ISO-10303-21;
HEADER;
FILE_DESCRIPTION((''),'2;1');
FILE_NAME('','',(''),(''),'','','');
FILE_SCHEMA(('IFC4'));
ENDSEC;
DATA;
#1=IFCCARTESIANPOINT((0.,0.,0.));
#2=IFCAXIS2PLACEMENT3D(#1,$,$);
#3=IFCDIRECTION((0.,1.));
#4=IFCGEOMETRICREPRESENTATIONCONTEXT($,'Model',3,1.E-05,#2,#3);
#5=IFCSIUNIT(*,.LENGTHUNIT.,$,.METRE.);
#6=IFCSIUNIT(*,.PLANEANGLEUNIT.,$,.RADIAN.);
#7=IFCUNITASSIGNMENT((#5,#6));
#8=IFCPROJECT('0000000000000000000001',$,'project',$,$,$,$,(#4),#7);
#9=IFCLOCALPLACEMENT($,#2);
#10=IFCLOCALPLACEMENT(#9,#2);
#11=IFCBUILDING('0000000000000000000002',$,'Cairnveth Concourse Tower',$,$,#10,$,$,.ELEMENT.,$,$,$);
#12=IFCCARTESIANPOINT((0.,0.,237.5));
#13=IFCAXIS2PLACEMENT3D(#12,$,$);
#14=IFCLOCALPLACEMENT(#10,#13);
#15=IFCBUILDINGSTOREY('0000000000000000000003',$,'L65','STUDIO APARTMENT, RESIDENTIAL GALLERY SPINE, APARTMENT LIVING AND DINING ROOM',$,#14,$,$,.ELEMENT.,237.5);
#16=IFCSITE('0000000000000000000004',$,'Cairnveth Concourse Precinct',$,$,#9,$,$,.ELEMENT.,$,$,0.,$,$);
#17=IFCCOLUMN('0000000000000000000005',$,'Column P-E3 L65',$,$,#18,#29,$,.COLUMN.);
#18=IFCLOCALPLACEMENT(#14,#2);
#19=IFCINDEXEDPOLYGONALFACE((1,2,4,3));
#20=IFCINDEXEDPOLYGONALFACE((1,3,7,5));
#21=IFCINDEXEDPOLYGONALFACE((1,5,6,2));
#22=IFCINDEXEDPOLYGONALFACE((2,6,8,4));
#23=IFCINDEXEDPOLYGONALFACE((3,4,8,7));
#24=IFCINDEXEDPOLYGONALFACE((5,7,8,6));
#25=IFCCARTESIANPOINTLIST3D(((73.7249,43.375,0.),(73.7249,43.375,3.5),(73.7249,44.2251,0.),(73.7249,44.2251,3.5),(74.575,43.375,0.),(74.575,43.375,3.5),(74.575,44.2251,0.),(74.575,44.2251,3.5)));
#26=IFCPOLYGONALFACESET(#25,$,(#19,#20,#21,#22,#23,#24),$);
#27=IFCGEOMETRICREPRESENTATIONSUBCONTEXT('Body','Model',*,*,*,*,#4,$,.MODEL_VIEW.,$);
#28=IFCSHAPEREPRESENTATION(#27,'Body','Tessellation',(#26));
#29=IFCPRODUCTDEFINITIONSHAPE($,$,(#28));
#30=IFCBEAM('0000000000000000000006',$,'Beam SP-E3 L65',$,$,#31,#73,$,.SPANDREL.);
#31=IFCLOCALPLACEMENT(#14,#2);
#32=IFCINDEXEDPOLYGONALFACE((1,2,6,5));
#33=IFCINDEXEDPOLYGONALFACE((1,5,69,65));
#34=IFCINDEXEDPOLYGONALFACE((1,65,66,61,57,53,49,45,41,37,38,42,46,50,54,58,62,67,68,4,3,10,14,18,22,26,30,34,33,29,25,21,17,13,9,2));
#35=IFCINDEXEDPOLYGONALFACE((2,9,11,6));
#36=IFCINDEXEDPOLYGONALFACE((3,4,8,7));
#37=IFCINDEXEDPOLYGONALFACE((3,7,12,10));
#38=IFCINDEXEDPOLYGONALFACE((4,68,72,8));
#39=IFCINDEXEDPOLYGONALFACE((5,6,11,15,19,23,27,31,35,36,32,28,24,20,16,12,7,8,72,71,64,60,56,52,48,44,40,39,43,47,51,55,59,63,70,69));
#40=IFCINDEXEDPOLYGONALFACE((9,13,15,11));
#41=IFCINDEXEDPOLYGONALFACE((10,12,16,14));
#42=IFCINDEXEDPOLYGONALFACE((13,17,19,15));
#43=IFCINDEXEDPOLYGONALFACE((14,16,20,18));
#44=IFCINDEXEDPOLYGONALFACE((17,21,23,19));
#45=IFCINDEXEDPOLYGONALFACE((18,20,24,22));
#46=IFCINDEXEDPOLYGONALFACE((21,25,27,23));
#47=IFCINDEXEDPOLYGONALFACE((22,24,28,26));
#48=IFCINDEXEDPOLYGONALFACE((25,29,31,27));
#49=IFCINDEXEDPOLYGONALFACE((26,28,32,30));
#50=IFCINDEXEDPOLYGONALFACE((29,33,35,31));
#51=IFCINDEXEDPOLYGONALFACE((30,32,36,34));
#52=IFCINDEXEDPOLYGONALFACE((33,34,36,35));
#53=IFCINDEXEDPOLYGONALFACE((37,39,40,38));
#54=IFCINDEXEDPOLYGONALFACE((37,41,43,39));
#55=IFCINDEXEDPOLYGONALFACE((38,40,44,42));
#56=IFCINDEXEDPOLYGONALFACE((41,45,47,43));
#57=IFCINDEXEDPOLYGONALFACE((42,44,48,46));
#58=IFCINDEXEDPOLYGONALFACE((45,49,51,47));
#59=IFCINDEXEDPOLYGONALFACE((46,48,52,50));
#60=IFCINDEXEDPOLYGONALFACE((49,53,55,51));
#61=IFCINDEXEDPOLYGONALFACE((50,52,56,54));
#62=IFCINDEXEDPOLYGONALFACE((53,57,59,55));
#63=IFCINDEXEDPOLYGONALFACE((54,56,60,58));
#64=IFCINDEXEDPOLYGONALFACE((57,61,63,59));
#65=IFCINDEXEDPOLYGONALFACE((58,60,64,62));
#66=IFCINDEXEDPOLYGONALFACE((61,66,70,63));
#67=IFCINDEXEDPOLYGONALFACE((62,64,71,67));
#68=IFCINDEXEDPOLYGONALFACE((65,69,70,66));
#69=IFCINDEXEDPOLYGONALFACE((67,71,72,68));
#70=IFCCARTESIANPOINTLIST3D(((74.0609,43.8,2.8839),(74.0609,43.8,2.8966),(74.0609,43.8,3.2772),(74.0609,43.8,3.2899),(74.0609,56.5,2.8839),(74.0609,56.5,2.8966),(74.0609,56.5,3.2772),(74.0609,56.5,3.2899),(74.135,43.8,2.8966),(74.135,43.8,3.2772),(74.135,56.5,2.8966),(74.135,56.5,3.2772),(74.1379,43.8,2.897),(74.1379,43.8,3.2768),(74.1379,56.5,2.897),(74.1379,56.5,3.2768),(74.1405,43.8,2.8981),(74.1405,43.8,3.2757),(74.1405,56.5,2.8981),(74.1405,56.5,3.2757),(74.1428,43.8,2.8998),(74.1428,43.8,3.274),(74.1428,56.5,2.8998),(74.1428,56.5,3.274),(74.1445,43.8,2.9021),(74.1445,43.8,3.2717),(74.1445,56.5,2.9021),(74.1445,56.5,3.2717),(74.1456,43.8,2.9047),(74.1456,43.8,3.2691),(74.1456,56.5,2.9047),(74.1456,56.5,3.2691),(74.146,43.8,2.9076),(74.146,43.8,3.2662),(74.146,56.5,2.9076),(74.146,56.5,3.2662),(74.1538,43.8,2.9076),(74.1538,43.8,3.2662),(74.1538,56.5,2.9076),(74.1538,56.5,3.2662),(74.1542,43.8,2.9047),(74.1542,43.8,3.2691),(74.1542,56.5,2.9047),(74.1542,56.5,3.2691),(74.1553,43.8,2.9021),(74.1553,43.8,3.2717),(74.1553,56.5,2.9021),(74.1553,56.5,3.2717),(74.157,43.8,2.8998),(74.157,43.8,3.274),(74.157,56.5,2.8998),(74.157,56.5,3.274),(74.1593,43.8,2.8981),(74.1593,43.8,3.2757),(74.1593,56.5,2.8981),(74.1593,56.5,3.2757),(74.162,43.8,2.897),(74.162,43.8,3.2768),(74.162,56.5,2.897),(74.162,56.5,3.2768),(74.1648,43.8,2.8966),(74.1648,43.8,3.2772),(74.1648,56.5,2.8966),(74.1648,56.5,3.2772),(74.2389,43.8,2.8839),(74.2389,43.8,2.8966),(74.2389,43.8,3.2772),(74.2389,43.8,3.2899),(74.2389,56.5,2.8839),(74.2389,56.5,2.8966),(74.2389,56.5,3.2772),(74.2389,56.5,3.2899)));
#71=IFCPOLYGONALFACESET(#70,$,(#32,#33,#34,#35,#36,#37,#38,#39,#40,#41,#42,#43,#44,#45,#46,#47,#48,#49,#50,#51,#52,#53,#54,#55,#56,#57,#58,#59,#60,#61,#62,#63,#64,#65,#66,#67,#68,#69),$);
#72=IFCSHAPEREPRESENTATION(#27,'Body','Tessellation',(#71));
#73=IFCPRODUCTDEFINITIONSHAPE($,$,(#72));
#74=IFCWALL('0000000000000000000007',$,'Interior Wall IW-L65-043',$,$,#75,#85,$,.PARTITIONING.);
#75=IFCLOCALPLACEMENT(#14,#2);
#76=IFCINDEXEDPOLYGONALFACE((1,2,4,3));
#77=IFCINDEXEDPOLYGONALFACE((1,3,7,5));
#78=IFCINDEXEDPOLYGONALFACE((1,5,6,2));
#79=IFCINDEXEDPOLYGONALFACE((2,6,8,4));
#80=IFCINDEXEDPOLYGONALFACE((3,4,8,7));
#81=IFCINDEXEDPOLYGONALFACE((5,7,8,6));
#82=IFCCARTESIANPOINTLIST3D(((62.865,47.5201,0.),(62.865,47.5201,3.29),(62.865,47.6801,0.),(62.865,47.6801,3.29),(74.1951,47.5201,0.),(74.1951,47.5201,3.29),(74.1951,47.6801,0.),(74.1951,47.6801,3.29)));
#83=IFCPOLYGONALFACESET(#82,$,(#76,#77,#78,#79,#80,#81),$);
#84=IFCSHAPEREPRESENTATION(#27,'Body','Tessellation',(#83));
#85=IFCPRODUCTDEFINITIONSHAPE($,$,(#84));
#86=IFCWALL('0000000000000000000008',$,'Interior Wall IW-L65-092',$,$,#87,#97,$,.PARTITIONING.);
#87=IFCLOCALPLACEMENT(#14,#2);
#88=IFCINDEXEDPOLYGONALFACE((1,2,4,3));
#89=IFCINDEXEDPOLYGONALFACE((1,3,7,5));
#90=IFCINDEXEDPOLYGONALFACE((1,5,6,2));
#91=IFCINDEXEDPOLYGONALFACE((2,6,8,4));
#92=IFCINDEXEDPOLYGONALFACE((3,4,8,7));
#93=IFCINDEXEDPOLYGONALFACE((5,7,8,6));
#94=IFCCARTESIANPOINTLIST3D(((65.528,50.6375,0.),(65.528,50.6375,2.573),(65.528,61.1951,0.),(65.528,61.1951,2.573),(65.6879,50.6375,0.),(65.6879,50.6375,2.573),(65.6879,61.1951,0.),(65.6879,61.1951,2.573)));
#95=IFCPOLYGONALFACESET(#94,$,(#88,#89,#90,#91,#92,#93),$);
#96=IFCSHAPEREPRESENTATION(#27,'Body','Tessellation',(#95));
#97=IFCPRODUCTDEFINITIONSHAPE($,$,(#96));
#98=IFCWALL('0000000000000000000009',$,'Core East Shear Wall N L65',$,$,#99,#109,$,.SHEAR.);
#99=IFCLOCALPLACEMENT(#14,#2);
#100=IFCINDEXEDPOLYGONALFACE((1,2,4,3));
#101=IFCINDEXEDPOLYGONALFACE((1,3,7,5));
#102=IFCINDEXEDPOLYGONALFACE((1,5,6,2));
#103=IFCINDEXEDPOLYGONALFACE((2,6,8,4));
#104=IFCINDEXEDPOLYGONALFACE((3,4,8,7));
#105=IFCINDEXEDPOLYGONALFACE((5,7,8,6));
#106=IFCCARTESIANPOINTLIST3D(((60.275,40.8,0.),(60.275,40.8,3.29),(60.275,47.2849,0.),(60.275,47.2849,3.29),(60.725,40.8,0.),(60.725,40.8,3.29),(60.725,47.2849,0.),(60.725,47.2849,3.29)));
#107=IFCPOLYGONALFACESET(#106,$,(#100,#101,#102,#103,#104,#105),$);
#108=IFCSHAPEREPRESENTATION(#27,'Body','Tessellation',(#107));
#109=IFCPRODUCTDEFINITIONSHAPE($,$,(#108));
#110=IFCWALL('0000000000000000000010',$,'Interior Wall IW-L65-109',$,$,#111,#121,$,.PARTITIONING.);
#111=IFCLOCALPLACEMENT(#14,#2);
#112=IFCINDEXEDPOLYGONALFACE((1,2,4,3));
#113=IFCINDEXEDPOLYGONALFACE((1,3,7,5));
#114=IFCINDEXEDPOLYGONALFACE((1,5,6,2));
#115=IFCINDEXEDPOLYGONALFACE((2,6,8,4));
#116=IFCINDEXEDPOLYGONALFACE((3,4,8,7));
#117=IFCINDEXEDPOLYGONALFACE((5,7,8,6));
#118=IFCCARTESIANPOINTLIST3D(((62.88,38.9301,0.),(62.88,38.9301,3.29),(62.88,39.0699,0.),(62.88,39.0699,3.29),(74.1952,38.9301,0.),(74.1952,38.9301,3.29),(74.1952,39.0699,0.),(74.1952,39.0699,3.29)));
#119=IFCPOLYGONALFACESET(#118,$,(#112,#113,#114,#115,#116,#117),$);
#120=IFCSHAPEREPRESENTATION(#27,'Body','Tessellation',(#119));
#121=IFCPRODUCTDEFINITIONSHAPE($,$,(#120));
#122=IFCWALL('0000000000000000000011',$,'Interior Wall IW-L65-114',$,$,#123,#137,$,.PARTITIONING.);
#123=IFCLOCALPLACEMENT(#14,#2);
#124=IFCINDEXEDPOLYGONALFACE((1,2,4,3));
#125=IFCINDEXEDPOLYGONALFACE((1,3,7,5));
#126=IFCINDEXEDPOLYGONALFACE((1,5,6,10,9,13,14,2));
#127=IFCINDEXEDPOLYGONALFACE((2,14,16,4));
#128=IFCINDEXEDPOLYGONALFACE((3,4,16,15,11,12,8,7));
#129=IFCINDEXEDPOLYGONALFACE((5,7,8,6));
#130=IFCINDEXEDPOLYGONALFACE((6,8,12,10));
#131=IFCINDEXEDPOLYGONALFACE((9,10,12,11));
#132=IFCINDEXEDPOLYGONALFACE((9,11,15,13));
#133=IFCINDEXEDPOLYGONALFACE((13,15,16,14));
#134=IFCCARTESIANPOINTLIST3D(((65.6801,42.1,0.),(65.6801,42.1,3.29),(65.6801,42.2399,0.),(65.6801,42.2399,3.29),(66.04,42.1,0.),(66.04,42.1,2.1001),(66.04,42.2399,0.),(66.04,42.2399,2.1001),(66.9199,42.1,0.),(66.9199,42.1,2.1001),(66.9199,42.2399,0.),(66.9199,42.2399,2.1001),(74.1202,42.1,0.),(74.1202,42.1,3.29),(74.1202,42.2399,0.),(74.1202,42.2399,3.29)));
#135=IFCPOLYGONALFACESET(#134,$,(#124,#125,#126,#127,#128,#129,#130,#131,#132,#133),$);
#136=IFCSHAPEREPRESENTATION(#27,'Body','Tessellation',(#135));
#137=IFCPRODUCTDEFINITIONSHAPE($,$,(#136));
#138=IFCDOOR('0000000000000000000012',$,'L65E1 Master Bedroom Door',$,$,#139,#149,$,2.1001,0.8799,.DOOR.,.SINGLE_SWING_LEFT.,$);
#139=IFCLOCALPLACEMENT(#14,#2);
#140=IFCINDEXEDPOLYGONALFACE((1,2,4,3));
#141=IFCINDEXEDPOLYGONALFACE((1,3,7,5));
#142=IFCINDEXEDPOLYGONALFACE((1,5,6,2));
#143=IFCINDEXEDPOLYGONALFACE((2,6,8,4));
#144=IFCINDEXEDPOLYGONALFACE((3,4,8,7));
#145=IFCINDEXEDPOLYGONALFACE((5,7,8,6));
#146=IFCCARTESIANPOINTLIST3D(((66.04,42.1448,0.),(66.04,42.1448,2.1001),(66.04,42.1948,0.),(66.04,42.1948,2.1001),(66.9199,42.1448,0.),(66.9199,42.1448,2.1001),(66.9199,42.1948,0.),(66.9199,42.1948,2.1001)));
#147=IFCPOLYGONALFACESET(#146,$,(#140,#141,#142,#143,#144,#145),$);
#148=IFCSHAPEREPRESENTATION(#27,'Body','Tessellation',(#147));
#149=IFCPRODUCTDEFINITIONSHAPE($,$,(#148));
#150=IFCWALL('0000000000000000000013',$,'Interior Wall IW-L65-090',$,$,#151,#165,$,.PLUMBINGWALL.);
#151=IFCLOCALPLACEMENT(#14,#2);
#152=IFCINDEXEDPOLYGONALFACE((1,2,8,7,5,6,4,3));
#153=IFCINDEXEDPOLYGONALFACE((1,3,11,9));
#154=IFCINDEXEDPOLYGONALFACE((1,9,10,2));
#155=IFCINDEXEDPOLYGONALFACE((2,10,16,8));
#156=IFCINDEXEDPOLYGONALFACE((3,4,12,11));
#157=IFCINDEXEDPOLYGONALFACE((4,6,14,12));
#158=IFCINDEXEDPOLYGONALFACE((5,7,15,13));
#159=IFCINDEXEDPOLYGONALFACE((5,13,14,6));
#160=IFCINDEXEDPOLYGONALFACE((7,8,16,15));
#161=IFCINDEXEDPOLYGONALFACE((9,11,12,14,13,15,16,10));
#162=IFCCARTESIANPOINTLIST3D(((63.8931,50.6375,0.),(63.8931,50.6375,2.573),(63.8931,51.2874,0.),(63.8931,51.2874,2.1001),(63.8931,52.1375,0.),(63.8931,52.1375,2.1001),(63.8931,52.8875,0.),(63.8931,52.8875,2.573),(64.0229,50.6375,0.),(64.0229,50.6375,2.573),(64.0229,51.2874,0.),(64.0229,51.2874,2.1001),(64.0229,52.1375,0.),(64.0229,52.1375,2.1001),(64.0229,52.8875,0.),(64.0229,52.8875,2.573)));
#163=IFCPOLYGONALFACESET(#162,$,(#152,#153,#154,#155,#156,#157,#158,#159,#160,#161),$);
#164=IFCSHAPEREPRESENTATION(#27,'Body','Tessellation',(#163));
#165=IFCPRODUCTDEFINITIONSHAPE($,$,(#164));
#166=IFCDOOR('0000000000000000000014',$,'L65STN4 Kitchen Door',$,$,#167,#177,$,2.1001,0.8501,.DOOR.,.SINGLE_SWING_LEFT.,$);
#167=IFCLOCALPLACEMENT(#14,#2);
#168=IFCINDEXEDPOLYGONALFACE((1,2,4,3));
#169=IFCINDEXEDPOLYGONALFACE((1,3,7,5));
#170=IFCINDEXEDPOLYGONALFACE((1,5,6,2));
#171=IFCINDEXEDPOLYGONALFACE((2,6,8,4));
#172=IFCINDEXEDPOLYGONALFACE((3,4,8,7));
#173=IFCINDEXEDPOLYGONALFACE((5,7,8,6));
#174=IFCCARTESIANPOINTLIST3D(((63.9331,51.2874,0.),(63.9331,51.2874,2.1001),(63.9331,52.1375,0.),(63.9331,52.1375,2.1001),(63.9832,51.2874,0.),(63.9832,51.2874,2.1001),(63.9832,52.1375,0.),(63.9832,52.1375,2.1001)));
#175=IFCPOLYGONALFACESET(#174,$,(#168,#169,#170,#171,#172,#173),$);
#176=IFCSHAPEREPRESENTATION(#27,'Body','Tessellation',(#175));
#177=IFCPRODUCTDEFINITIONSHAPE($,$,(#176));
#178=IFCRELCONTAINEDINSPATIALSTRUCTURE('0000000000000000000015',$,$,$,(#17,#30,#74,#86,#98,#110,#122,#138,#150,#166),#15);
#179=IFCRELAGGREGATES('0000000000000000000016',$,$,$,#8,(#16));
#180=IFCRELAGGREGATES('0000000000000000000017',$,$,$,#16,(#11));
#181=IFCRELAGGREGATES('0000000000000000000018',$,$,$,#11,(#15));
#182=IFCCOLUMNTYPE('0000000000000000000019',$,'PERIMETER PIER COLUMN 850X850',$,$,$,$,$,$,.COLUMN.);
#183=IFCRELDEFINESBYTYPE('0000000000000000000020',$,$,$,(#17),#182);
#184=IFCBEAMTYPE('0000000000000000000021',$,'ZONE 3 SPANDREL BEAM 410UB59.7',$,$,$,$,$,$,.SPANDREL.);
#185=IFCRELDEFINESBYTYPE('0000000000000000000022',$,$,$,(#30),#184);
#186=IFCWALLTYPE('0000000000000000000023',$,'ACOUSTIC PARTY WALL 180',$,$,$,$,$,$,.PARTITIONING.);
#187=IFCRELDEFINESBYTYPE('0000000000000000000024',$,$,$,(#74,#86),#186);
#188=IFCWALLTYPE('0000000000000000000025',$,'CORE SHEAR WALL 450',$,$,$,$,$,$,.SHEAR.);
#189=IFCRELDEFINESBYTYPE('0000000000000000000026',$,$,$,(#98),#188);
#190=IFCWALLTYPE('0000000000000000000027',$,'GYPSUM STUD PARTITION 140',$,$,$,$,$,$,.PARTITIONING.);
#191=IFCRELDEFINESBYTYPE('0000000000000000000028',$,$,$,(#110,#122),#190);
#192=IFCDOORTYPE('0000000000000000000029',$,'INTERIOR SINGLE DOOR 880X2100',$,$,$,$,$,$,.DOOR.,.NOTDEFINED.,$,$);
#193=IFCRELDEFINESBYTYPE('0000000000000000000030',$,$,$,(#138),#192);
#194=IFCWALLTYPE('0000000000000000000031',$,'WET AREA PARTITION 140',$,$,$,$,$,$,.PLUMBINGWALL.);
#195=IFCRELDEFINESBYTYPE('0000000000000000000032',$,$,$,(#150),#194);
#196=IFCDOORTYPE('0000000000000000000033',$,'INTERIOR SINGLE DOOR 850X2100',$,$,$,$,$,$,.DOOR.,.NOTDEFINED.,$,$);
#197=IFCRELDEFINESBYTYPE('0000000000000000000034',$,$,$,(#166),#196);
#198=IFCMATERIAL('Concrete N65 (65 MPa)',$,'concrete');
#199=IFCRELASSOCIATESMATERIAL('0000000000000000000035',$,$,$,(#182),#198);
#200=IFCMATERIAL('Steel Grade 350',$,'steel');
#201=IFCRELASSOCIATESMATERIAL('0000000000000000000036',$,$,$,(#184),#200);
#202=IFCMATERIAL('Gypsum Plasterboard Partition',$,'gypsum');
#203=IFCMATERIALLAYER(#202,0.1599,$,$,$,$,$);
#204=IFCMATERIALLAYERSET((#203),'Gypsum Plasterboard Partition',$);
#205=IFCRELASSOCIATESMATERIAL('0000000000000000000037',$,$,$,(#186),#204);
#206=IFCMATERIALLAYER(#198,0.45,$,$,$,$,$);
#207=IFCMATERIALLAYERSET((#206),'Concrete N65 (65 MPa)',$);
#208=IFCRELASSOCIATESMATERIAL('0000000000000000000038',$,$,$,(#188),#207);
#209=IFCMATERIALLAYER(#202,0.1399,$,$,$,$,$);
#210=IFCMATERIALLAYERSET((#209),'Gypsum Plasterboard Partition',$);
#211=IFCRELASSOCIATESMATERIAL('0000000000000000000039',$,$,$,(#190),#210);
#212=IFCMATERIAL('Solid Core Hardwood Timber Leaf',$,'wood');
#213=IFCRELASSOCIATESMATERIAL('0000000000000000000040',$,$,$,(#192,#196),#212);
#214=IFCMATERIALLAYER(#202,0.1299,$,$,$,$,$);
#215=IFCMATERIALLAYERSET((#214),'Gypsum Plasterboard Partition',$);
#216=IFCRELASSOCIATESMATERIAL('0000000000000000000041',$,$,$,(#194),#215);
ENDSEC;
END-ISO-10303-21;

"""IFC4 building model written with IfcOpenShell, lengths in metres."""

from ifc_helpers import new_model, si_unit, direction, frame, frame_2d, origin, origin_2d, place, context, subcontext, project, spatial, rectangle, i_section, extrude, material, layer, layer_set, material_profile, profile_set, type_object, element, fill, save


model = new_model("IFC4")

# Units and contexts
model_context = context("Model", 3, precision=1e-05, world=origin(), true_north=direction((0.0, 1.0)))
body_context = subcontext(model_context, "Body", "Model", "MODEL_VIEW")
ifc_project = project(units=[si_unit("LENGTHUNIT", "METRE"), si_unit("PLANEANGLEUNIT", "RADIAN")], contexts=[model_context])

# Site, building, storey
site_placement = place(None, origin())
site = spatial("IfcSite", under=ifc_project, at=site_placement, Name="Cairnveth Concourse Precinct", CompositionType="ELEMENT", RefElevation=0.0)
building_placement = place(site_placement, origin())
building = spatial("IfcBuilding", under=site, at=building_placement, Name="Cairnveth Concourse Tower", CompositionType="ELEMENT")
storey_placement = place(building_placement, frame((0.0, 0.0, 237.5)))
storey = spatial("IfcBuildingStorey", under=building, at=storey_placement, Name="L65", Description="STUDIO APARTMENT, RESIDENTIAL GALLERY SPINE, APARTMENT LIVING AND DINING ROOM", CompositionType="ELEMENT", Elevation=237.5)

# Column
ifc_material_1 = material(Name="Concrete N65 (65 MPa)", Category="concrete")
ifc_material_profile_1 = material_profile(ifc_material_1, rectangle(XDim=0.8501, YDim=0.8501, at=origin_2d()), Name="RC-COL-850x850")
ifc_profile_set_1 = profile_set([ifc_material_profile_1], Name="Concrete N65 (65 MPa)")
column_type = type_object("IfcColumnType", Name="PERIMETER PIER COLUMN 850X850", PredefinedType="COLUMN", material=ifc_profile_set_1)
column_placement = place(storey_placement, frame((74.1499, 43.8, 0.0), z_axis=(0.0, 0.0, 1.0), x_axis=(0.0, 1.0, 0.0)))
element("IfcColumn", 1, at=column_placement, inside=storey, type_object=column_type, Name="Column P-E3 L65", PredefinedType="COLUMN", context=body_context, shape_type="SweptSolid", body=[
    extrude(rectangle(XDim=0.8501, YDim=0.8501, at=origin_2d()), origin(), (0.0, 0.0, 1.0), 3.5),
])

# Beam
ifc_material_2 = material(Name="Steel Grade 350", Category="steel")
ifc_material_profile_2 = material_profile(ifc_material_2, i_section(OverallWidth=0.178, OverallDepth=0.406, WebThickness=0.0078, FlangeThickness=0.0127, FilletRadius=0.011, at=origin_2d()), Name="410UB59.7")
ifc_profile_set_2 = profile_set([ifc_material_profile_2], Name="Steel Grade 350")
beam_type = type_object("IfcBeamType", Name="ZONE 3 SPANDREL BEAM 410UB59.7", PredefinedType="SPANDREL", material=ifc_profile_set_2)
beam_placement = place(storey_placement, frame((74.1499, 43.8, 3.0869), z_axis=(0.0, 1.0, 0.0), x_axis=(-1.0, 0.0, 0.0)))
element("IfcBeam", 2, at=beam_placement, inside=storey, type_object=beam_type, Name="Beam SP-E3 L65", PredefinedType="SPANDREL", context=body_context, shape_type="SweptSolid", body=[
    extrude(i_section(OverallWidth=0.178, OverallDepth=0.406, WebThickness=0.0078, FlangeThickness=0.0127, FilletRadius=0.011, at=origin_2d()), origin(), (0.0, 0.0, 1.0), 12.7),
])

# Walls
ifc_material_3 = material(Name="Gypsum Plasterboard Partition", Category="gypsum")
ifc_layer_1 = layer(ifc_material_3, 0.1599)
ifc_layer_set_1 = layer_set([ifc_layer_1], Name="Gypsum Plasterboard Partition")
wall_type_1 = type_object("IfcWallType", Name="ACOUSTIC PARTY WALL 180", PredefinedType="PARTITIONING", material=ifc_layer_set_1)
wall_1_placement = place(storey_placement, frame((62.865, 47.6001, 0.0), z_axis=(0.0, 0.0, 1.0), x_axis=(1.0, 0.0, 0.0)))
element("IfcWall", 3, at=wall_1_placement, inside=storey, type_object=wall_type_1, Name="Interior Wall IW-L65-043", PredefinedType="PARTITIONING", context=body_context, shape_type="SweptSolid", body=[
    extrude(rectangle(XDim=11.3301, YDim=0.1599, at=frame_2d((5.665, 0.0))), origin(), (0.0, 0.0, 1.0), 3.29),
])
wall_2_placement = place(storey_placement, frame((65.6079, 50.6375, 0.0), z_axis=(0.0, 0.0, 1.0), x_axis=(0.0, 1.0, 0.0)))
element("IfcWall", 4, at=wall_2_placement, inside=storey, type_object=wall_type_1, Name="Interior Wall IW-L65-092", PredefinedType="PARTITIONING", context=body_context, shape_type="SweptSolid", body=[
    extrude(rectangle(XDim=10.5576, YDim=0.1599, at=frame_2d((5.2788, 0.0))), origin(), (0.0, 0.0, 1.0), 2.573),
])
ifc_layer_2 = layer(ifc_material_1, 0.45)
ifc_layer_set_2 = layer_set([ifc_layer_2], Name="Concrete N65 (65 MPa)")
wall_type_2 = type_object("IfcWallType", Name="CORE SHEAR WALL 450", PredefinedType="SHEAR", material=ifc_layer_set_2)
wall_3_placement = place(storey_placement, frame((60.5, 40.8, 0.0), z_axis=(0.0, 0.0, 1.0), x_axis=(0.0, 1.0, 0.0)))
element("IfcWall", 5, at=wall_3_placement, inside=storey, type_object=wall_type_2, Name="Core East Shear Wall N L65", PredefinedType="SHEAR", context=body_context, shape_type="SweptSolid", body=[
    extrude(rectangle(XDim=6.4849, YDim=0.45, at=frame_2d((3.2424, 0.0))), origin(), (0.0, 0.0, 1.0), 3.29),
])
ifc_layer_3 = layer(ifc_material_3, 0.1399)
ifc_layer_set_3 = layer_set([ifc_layer_3], Name="Gypsum Plasterboard Partition")
wall_type_3 = type_object("IfcWallType", Name="GYPSUM STUD PARTITION 140", PredefinedType="PARTITIONING", material=ifc_layer_set_3)
wall_4_placement = place(storey_placement, frame((62.8799, 39.0, 0.0), z_axis=(0.0, 0.0, 1.0), x_axis=(1.0, 0.0, 0.0)))
element("IfcWall", 6, at=wall_4_placement, inside=storey, type_object=wall_type_3, Name="Interior Wall IW-L65-109", PredefinedType="PARTITIONING", context=body_context, shape_type="SweptSolid", body=[
    extrude(rectangle(XDim=11.3152, YDim=0.1399, at=frame_2d((5.6577, 0.0))), origin(), (0.0, 0.0, 1.0), 3.29),
])

# Walls, openings, doors
wall_5_placement = place(storey_placement, frame((65.6799, 42.1699, 0.0), z_axis=(0.0, 0.0, 1.0), x_axis=(1.0, 0.0, 0.0)))
wall_5 = element("IfcWall", 7, at=wall_5_placement, inside=storey, type_object=wall_type_3, Name="Interior Wall IW-L65-114", PredefinedType="PARTITIONING", context=body_context, shape_type="SweptSolid", body=[
    extrude(rectangle(XDim=8.4402, YDim=0.1399, at=frame_2d((4.2202, 0.0))), origin(), (0.0, 0.0, 1.0), 3.29),
])
opening_1_placement = place(wall_5_placement, frame((0.3601, 0.0, 0.0)))
opening_1 = element("IfcOpeningElement", 8, at=opening_1_placement, cuts=wall_5, PredefinedType="OPENING", context=body_context, shape_type="SweptSolid", body=[
    extrude(rectangle(XDim=0.8799, YDim=2.1001, at=frame_2d((0.4399, 1.05))), frame((0.0, 0.0798, 0.0), z_axis=(0.0, -1.0, 0.0), x_axis=(1.0, 0.0, 0.0)), (0.0, 0.0, 1.0), 0.1599),
])
ifc_material_4 = material(Name="Solid Core Hardwood Timber Leaf", Category="wood")
door_type_1 = type_object("IfcDoorType", Name="INTERIOR SINGLE DOOR 880X2100", OperationType="NOTDEFINED", PredefinedType="DOOR", material=ifc_material_4)
door_1_placement = place(opening_1_placement, origin())
door_1 = element("IfcDoor", 9, at=door_1_placement, inside=storey, type_object=door_type_1, Name="L65E1 Master Bedroom Door", OperationType="SINGLE_SWING_LEFT", OverallHeight=2.1001, OverallWidth=0.8799, PredefinedType="DOOR", context=body_context, shape_type="SweptSolid", body=[
    extrude(rectangle(XDim=0.8799, YDim=2.1001, at=frame_2d((0.4399, 1.05))), frame((0.0, 0.0249, 0.0), z_axis=(0.0, -1.0, 0.0), x_axis=(1.0, 0.0, 0.0)), (0.0, 0.0, 1.0), 0.05),
])
fill(opening_1, door_1)
ifc_layer_4 = layer(ifc_material_3, 0.1299)
ifc_layer_set_4 = layer_set([ifc_layer_4], Name="Gypsum Plasterboard Partition")
wall_type_4 = type_object("IfcWallType", Name="WET AREA PARTITION 140", PredefinedType="PLUMBINGWALL", material=ifc_layer_set_4)
wall_6_placement = place(storey_placement, frame((63.958, 50.6375, 0.0), z_axis=(0.0, 0.0, 1.0), x_axis=(0.0, 1.0, 0.0)))
wall_6 = element("IfcWall", 10, at=wall_6_placement, inside=storey, type_object=wall_type_4, Name="Interior Wall IW-L65-090", PredefinedType="PLUMBINGWALL", context=body_context, shape_type="SweptSolid", body=[
    extrude(rectangle(XDim=2.25, YDim=0.1299, at=frame_2d((1.125, 0.0))), origin(), (0.0, 0.0, 1.0), 2.573),
])
opening_2_placement = place(wall_6_placement, frame((0.6499, 0.0, 0.0)))
opening_2 = element("IfcOpeningElement", 11, at=opening_2_placement, cuts=wall_6, PredefinedType="OPENING", context=body_context, shape_type="SweptSolid", body=[
    extrude(rectangle(XDim=0.8501, YDim=2.1001, at=frame_2d((0.425, 1.05))), frame((0.0, 0.075, 0.0), z_axis=(0.0, -1.0, 0.0), x_axis=(1.0, 0.0, 0.0)), (0.0, 0.0, 1.0), 0.1499),
])
door_type_2 = type_object("IfcDoorType", Name="INTERIOR SINGLE DOOR 850X2100", OperationType="NOTDEFINED", PredefinedType="DOOR", material=ifc_material_4)
door_2_placement = place(opening_2_placement, origin())
door_2 = element("IfcDoor", 12, at=door_2_placement, inside=storey, type_object=door_type_2, Name="L65STN4 Kitchen Door", OperationType="SINGLE_SWING_LEFT", OverallHeight=2.1001, OverallWidth=0.8501, PredefinedType="DOOR", context=body_context, shape_type="SweptSolid", body=[
    extrude(rectangle(XDim=0.8501, YDim=2.1001, at=frame_2d((0.425, 1.05))), frame((0.0, 0.0249, 0.0), z_axis=(0.0, -1.0, 0.0), x_axis=(1.0, 0.0, 0.0)), (0.0, 0.0, 1.0), 0.05),
])
fill(opening_2, door_2)

save(model, "model.ifc")
